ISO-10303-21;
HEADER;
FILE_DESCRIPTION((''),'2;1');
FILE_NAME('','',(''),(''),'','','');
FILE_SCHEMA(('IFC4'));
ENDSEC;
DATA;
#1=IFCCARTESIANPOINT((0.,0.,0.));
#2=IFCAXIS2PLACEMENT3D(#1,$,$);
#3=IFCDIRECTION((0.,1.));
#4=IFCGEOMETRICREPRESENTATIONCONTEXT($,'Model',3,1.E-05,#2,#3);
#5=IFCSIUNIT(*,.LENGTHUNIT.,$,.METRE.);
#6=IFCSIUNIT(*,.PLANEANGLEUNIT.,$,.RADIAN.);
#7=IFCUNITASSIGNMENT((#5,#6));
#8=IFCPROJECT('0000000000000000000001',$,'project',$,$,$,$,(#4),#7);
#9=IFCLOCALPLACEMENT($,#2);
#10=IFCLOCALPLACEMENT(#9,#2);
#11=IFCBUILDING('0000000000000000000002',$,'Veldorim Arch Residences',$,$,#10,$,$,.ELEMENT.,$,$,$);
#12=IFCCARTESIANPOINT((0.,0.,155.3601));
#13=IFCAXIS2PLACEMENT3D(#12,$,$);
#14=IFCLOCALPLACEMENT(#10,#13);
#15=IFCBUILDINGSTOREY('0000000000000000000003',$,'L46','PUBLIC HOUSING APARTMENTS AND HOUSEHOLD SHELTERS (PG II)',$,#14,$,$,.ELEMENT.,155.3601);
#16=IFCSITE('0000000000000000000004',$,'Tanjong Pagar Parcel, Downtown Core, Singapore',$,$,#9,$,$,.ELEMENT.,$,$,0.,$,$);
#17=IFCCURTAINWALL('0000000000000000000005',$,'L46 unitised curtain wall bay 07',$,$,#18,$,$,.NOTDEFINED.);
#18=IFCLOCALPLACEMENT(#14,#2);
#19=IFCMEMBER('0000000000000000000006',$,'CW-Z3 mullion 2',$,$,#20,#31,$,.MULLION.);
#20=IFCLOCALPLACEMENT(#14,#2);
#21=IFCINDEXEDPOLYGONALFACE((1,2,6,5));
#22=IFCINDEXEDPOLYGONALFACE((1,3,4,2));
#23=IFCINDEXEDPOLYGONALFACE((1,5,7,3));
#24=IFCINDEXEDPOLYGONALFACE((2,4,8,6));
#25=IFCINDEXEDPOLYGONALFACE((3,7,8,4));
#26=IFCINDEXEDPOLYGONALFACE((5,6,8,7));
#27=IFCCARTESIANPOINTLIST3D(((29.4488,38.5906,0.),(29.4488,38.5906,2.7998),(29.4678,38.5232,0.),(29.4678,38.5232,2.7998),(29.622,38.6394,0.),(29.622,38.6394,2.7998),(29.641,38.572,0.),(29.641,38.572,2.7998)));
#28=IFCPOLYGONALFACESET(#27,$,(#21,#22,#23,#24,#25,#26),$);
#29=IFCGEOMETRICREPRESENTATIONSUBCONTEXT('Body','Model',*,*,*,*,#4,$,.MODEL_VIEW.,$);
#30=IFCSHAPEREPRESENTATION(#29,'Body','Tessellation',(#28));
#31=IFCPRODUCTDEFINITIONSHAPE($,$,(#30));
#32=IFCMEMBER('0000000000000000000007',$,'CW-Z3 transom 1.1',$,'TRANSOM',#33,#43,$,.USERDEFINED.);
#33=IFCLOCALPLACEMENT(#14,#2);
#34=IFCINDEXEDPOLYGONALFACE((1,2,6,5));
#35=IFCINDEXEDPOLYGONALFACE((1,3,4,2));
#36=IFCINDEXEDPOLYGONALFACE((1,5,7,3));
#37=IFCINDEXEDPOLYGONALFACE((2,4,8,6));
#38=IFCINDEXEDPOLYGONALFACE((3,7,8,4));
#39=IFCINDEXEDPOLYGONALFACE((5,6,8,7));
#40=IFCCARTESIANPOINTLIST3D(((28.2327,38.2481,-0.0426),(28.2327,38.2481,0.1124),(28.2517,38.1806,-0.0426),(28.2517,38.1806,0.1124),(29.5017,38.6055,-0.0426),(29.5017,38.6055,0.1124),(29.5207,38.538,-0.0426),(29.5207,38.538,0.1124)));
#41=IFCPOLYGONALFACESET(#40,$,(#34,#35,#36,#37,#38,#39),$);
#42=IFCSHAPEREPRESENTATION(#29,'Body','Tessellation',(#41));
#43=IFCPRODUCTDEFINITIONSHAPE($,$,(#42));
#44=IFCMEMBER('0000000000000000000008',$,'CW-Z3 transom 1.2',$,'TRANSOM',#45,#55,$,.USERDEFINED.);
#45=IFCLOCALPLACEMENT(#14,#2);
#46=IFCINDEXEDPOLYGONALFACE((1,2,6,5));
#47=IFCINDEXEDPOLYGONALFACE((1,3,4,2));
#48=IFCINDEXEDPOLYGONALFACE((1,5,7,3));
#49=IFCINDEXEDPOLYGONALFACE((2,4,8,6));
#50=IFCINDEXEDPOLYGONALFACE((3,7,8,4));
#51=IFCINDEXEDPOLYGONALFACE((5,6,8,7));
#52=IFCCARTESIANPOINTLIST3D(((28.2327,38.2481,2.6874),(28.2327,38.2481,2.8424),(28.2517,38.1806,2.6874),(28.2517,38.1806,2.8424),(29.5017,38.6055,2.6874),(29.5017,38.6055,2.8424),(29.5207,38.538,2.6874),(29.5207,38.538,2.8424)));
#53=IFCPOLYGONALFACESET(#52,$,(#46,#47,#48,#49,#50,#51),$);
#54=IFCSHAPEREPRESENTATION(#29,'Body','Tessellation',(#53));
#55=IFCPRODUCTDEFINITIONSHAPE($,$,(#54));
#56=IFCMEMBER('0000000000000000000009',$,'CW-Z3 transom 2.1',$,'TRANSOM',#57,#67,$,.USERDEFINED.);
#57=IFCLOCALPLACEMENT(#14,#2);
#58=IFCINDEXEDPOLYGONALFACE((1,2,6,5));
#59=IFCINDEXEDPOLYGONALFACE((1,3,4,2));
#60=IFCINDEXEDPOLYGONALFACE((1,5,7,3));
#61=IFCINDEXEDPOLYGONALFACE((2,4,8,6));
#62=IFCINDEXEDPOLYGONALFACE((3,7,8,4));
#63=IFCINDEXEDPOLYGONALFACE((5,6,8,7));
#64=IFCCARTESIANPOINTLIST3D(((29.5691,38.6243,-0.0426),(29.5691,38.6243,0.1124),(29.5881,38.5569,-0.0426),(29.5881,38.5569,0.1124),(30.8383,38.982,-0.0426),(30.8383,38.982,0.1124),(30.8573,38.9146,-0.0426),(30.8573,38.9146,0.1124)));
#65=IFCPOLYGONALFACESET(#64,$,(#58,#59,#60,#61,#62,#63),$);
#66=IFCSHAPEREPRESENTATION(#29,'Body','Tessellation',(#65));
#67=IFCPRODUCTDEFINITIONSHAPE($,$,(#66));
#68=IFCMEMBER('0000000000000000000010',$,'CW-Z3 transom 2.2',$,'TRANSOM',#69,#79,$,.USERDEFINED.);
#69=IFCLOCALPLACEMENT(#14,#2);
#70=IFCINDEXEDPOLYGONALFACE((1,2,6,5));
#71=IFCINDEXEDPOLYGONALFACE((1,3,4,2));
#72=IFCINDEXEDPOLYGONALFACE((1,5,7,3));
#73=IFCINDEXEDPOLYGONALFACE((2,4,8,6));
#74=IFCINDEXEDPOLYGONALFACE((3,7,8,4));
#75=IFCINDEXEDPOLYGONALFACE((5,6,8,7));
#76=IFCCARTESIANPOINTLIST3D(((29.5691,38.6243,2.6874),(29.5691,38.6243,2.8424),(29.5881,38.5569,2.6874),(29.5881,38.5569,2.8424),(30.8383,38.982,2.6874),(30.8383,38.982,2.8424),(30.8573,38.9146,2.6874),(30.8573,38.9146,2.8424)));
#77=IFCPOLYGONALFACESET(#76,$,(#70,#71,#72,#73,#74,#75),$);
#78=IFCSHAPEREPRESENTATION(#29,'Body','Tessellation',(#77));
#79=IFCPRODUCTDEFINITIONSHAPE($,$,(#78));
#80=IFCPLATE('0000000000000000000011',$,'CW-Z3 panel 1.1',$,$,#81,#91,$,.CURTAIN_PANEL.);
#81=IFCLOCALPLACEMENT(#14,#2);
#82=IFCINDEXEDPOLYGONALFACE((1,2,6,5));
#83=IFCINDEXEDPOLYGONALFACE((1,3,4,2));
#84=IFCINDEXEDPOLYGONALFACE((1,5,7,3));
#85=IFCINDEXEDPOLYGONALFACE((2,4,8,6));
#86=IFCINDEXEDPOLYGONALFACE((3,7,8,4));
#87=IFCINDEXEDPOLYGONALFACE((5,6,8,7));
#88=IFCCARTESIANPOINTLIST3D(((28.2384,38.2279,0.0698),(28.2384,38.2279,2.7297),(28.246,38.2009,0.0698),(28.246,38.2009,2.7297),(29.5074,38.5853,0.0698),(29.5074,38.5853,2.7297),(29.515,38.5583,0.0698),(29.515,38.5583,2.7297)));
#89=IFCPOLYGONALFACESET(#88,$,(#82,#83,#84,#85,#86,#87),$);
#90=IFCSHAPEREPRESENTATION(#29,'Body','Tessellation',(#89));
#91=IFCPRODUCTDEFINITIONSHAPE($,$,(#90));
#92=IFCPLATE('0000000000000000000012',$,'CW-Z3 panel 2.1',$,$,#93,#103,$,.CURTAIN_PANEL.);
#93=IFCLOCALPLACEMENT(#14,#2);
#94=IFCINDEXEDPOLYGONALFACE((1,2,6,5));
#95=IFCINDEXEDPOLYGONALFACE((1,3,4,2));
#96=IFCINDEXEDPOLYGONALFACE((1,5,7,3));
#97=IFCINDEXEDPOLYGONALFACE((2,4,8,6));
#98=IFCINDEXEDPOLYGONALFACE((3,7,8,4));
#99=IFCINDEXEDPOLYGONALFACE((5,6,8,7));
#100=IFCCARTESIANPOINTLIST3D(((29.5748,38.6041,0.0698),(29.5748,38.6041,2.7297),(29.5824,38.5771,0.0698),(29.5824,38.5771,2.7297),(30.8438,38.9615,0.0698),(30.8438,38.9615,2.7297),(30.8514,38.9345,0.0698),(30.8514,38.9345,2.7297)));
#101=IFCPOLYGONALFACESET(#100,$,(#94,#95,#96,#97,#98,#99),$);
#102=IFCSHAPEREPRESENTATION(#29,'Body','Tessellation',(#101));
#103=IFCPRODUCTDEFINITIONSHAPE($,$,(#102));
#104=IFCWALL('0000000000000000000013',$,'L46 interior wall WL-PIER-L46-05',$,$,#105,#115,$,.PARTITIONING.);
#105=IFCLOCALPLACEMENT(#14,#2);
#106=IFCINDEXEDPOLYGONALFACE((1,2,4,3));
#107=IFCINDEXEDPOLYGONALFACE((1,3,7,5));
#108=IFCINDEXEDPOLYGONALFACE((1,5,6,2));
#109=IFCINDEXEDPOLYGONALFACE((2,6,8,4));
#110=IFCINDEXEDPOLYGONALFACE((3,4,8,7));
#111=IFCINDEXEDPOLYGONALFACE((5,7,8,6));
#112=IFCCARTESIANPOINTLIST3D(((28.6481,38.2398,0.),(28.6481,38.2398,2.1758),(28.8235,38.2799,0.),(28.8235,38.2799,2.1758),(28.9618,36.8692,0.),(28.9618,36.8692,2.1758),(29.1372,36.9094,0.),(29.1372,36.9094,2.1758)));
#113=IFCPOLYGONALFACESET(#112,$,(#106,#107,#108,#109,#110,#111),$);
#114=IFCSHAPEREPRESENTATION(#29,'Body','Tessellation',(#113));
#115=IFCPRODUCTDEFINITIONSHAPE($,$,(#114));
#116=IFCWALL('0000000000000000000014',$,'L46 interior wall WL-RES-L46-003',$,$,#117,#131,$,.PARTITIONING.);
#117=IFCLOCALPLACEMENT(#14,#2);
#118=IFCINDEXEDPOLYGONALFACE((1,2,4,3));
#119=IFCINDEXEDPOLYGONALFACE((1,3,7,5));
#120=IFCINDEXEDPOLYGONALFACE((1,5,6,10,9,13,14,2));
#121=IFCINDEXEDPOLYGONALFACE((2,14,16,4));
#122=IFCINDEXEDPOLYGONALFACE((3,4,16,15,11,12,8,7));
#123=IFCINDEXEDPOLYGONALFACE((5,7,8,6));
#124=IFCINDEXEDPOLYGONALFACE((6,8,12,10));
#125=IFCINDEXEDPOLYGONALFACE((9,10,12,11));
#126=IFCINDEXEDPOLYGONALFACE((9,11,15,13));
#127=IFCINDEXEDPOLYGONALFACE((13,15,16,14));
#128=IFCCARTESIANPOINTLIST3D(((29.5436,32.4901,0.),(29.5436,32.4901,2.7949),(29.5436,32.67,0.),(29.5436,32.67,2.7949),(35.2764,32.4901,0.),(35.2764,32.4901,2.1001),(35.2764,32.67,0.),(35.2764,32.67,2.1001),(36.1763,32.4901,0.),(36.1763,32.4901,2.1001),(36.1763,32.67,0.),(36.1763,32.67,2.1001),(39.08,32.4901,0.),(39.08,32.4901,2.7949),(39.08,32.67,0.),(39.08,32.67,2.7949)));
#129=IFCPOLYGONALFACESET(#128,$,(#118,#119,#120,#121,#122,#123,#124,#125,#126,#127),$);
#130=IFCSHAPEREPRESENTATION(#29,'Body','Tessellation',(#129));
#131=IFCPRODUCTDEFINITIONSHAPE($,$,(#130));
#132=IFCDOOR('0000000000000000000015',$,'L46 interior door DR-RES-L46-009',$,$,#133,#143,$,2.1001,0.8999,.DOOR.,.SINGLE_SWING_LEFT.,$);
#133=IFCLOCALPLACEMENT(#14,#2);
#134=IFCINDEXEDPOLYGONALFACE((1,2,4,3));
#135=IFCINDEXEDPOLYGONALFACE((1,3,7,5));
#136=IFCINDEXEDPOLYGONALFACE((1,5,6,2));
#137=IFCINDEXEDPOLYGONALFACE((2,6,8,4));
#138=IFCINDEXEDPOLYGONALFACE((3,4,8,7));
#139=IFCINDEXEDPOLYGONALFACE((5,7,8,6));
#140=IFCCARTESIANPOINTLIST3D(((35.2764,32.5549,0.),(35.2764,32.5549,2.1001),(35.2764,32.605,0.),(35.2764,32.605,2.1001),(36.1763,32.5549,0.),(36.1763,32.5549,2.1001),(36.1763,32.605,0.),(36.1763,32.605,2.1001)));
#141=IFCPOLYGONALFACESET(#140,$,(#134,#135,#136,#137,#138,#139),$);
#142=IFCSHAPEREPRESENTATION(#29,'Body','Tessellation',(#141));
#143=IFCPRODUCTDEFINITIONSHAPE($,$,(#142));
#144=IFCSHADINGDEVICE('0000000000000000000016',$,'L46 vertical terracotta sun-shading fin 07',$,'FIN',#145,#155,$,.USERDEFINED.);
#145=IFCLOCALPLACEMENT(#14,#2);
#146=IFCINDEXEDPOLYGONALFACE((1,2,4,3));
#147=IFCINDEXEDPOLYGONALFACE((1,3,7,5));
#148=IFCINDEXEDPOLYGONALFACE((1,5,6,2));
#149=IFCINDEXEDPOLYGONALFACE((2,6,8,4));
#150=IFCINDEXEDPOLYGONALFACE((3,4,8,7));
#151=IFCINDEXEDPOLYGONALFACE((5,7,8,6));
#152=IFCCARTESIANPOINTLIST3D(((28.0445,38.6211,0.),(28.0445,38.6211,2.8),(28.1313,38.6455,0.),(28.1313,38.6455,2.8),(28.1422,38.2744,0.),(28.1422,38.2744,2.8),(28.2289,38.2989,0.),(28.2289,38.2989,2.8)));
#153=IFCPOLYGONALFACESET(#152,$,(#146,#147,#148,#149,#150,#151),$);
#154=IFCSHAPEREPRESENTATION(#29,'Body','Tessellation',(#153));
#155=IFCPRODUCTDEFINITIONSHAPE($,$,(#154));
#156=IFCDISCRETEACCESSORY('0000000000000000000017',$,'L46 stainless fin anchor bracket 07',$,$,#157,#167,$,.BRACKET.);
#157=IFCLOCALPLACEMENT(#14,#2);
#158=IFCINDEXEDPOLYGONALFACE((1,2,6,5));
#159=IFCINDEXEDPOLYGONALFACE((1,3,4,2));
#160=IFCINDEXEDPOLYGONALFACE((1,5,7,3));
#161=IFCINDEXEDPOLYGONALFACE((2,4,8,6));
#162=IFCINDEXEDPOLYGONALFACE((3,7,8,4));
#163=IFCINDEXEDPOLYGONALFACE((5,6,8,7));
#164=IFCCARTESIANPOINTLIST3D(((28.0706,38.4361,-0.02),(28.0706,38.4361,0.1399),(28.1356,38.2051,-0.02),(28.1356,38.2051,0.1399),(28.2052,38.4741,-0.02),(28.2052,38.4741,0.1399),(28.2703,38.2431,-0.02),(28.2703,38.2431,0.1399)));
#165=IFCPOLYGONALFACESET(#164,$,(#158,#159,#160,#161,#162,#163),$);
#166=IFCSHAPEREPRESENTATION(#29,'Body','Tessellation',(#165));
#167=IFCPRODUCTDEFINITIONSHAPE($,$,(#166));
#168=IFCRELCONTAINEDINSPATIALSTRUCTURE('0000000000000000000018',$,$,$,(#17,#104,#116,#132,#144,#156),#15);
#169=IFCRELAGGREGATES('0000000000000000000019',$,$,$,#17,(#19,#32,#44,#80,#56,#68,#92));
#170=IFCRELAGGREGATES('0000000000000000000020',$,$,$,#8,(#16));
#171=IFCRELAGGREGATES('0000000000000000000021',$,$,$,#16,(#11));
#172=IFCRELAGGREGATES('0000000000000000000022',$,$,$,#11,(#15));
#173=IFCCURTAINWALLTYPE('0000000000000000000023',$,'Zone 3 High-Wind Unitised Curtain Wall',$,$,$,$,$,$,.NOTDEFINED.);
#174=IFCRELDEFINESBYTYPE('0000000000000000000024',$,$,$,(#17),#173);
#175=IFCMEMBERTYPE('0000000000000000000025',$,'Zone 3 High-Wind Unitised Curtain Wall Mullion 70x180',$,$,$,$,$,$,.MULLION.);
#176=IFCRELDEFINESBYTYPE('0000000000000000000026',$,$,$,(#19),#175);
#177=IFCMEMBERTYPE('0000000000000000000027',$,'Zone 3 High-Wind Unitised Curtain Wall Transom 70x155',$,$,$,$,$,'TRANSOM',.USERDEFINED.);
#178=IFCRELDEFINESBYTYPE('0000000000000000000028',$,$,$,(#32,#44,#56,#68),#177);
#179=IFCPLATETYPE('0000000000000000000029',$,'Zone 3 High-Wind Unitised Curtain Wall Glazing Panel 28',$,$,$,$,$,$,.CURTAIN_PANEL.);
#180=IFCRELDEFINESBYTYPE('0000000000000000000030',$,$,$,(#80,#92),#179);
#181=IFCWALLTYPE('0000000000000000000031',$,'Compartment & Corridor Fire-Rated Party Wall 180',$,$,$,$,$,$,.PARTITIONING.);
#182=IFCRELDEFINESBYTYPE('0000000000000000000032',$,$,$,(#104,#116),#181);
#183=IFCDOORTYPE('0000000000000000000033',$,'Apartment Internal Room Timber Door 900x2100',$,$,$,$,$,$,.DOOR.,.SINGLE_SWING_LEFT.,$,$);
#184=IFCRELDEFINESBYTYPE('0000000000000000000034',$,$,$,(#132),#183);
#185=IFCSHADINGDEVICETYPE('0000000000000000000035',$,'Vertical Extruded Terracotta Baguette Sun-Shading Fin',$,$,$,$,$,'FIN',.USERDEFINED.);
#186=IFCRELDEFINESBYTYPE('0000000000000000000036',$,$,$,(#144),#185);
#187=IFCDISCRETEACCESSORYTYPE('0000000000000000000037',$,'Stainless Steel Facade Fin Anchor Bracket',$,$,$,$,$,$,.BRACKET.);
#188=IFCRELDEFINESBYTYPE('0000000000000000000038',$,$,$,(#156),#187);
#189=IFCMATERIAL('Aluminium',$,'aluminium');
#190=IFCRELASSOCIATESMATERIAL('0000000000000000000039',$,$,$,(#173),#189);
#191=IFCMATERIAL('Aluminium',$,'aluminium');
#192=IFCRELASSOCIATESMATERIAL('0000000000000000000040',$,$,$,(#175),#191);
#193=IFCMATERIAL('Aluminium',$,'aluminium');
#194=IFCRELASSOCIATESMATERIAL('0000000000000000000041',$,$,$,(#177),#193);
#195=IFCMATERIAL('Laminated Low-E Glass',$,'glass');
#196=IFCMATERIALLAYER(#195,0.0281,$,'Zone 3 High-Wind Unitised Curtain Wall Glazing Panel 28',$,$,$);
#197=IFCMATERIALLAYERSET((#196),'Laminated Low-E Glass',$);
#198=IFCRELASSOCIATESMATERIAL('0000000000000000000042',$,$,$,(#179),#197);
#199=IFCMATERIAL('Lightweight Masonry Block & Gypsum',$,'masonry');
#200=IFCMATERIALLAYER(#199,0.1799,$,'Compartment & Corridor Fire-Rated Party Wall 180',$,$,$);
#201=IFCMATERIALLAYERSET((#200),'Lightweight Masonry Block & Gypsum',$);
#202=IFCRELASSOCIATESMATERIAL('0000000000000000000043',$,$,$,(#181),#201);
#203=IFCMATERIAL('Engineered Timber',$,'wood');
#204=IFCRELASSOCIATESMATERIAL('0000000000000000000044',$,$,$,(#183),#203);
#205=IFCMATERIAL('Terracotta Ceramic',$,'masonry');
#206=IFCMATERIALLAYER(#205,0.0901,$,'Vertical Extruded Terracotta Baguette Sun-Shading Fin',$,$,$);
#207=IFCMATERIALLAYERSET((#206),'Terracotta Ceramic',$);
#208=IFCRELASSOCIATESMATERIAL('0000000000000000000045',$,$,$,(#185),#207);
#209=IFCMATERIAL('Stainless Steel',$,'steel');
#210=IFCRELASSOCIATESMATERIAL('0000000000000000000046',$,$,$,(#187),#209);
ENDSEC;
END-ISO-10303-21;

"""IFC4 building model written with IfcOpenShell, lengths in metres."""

from ifc_helpers import new_model, si_unit, direction, frame, frame_2d, origin, origin_2d, place, context, subcontext, project, spatial, rectangle, extrude, material, layer, layer_set, material_profile, profile_set, type_object, element, fill, aggregate, save


model = new_model("IFC4")

# Units and contexts
model_context = context("Model", 3, precision=1e-05, world=origin(), true_north=direction((0.0, 1.0)))
body_context = subcontext(model_context, "Body", "Model", "MODEL_VIEW")
ifc_project = project(units=[si_unit("LENGTHUNIT", "METRE"), si_unit("PLANEANGLEUNIT", "RADIAN")], contexts=[model_context])

# Site, building, storey
site_placement = place(None, origin())
site = spatial("IfcSite", under=ifc_project, at=site_placement, Name="Tanjong Pagar Parcel, Downtown Core, Singapore", CompositionType="ELEMENT", RefElevation=0.0)
building_placement = place(site_placement, origin())
building = spatial("IfcBuilding", under=site, at=building_placement, Name="Veldorim Arch Residences", CompositionType="ELEMENT")
storey_placement = place(building_placement, frame((0.0, 0.0, 155.3601)))
storey = spatial("IfcBuildingStorey", under=building, at=storey_placement, Name="L46", Description="PUBLIC HOUSING APARTMENTS AND HOUSEHOLD SHELTERS (PG II)", CompositionType="ELEMENT", Elevation=155.3601)

# Curtain wall, members, plates
ifc_material_1 = material(Name="Aluminium", Category="aluminium")
curtain_wall_type = type_object("IfcCurtainWallType", Name="Zone 3 High-Wind Unitised Curtain Wall", PredefinedType="NOTDEFINED", material=ifc_material_1)
curtain_wall_placement = place(storey_placement, origin())
curtain_wall = element("IfcCurtainWall", 1, at=curtain_wall_placement, inside=storey, type_object=curtain_wall_type, Name="L46 unitised curtain wall bay 07", PredefinedType="NOTDEFINED")
ifc_material_2 = material(Name="Aluminium", Category="aluminium")
ifc_material_profile_1 = material_profile(ifc_material_2, rectangle(XDim=0.0701, YDim=0.1799, at=origin_2d()), Name="ALU_MUL_70x180")
ifc_profile_set_1 = profile_set([ifc_material_profile_1], Name="Aluminium")
member_type_1 = type_object("IfcMemberType", Name="Zone 3 High-Wind Unitised Curtain Wall Mullion 70x180", PredefinedType="MULLION", material=ifc_profile_set_1)
member_1_placement = place(storey_placement, frame((29.5449, 38.5813, 0.0), z_axis=(0.0, 0.0, 1.0), x_axis=(-0.271101, 0.962551, 0.0)))
member_1 = element("IfcMember", 2, at=member_1_placement, type_object=member_type_1, Name="CW-Z3 mullion 2", PredefinedType="MULLION", context=body_context, shape_type="SweptSolid", body=[
    extrude(rectangle(XDim=0.0701, YDim=0.1799, at=origin_2d()), origin(), (0.0, 0.0, 1.0), 2.7998),
])
ifc_material_3 = material(Name="Aluminium", Category="aluminium")
ifc_material_profile_2 = material_profile(ifc_material_3, rectangle(XDim=0.0701, YDim=0.155, at=origin_2d()), Name="ALU_TRN_70x155")
ifc_profile_set_2 = profile_set([ifc_material_profile_2], Name="Aluminium")
member_type_2 = type_object("IfcMemberType", Name="Zone 3 High-Wind Unitised Curtain Wall Transom 70x155", ElementType="TRANSOM", PredefinedType="USERDEFINED", material=ifc_profile_set_2)
member_2_placement = place(storey_placement, frame((28.2422, 38.2144, 0.0349), z_axis=(0.962551, 0.271099, 0.0), x_axis=(-0.271099, 0.962551, 0.0)))
member_2 = element("IfcMember", 3, at=member_2_placement, type_object=member_type_2, Name="CW-Z3 transom 1.1", ObjectType="TRANSOM", PredefinedType="USERDEFINED", context=body_context, shape_type="SweptSolid", body=[
    extrude(rectangle(XDim=0.0701, YDim=0.155, at=origin_2d()), origin(), (0.0, 0.0, 1.0), 1.3184),
])
member_3_placement = place(storey_placement, frame((28.2422, 38.2144, 2.7649), z_axis=(0.962551, 0.271099, 0.0), x_axis=(-0.271099, 0.962551, 0.0)))
member_3 = element("IfcMember", 4, at=member_3_placement, type_object=member_type_2, Name="CW-Z3 transom 1.2", ObjectType="TRANSOM", PredefinedType="USERDEFINED", context=body_context, shape_type="SweptSolid", body=[
    extrude(rectangle(XDim=0.0701, YDim=0.155, at=origin_2d()), origin(), (0.0, 0.0, 1.0), 1.3184),
])
member_4_placement = place(storey_placement, frame((29.5786, 38.5906, 0.0349), z_axis=(0.962503, 0.271271, 0.0), x_axis=(-0.271271, 0.962503, 0.0)))
member_4 = element("IfcMember", 5, at=member_4_placement, type_object=member_type_2, Name="CW-Z3 transom 2.1", ObjectType="TRANSOM", PredefinedType="USERDEFINED", context=body_context, shape_type="SweptSolid", body=[
    extrude(rectangle(XDim=0.0701, YDim=0.155, at=origin_2d()), origin(), (0.0, 0.0, 1.0), 1.3186),
])
member_5_placement = place(storey_placement, frame((29.5786, 38.5906, 2.7649), z_axis=(0.962503, 0.271271, 0.0), x_axis=(-0.271271, 0.962503, 0.0)))
member_5 = element("IfcMember", 6, at=member_5_placement, type_object=member_type_2, Name="CW-Z3 transom 2.2", ObjectType="TRANSOM", PredefinedType="USERDEFINED", context=body_context, shape_type="SweptSolid", body=[
    extrude(rectangle(XDim=0.0701, YDim=0.155, at=origin_2d()), origin(), (0.0, 0.0, 1.0), 1.3186),
])
ifc_material_4 = material(Name="Laminated Low-E Glass", Category="glass")
ifc_layer_1 = layer(ifc_material_4, 0.0281, Name="Zone 3 High-Wind Unitised Curtain Wall Glazing Panel 28")
ifc_layer_set_1 = layer_set([ifc_layer_1], Name="Laminated Low-E Glass")
plate_type = type_object("IfcPlateType", Name="Zone 3 High-Wind Unitised Curtain Wall Glazing Panel 28", PredefinedType="CURTAIN_PANEL", material=ifc_layer_set_1)
plate_1_placement = place(storey_placement, frame((28.8767, 38.3931, 0.0698), z_axis=(0.0, 0.0, 1.0), x_axis=(0.962551, 0.271101, 0.0)))
plate_1 = element("IfcPlate", 7, at=plate_1_placement, type_object=plate_type, Name="CW-Z3 panel 1.1", PredefinedType="CURTAIN_PANEL", context=body_context, shape_type="SweptSolid", body=[
    extrude(rectangle(XDim=1.3184, YDim=0.0281, at=origin_2d()), origin(), (0.0, 0.0, 1.0), 2.6599),
])
plate_2_placement = place(storey_placement, frame((30.2131, 38.7693, 0.0698), z_axis=(0.0, 0.0, 1.0), x_axis=(0.962551, 0.271101, 0.0)))
plate_2 = element("IfcPlate", 8, at=plate_2_placement, type_object=plate_type, Name="CW-Z3 panel 2.1", PredefinedType="CURTAIN_PANEL", context=body_context, shape_type="SweptSolid", body=[
    extrude(rectangle(XDim=1.3184, YDim=0.0281, at=origin_2d()), origin(), (0.0, 0.0, 1.0), 2.6599),
])
aggregate(curtain_wall, [member_1, member_2, member_3, plate_1, member_4, member_5, plate_2])

# Wall
ifc_material_5 = material(Name="Lightweight Masonry Block & Gypsum", Category="masonry")
ifc_layer_2 = layer(ifc_material_5, 0.1799, Name="Compartment & Corridor Fire-Rated Party Wall 180")
ifc_layer_set_2 = layer_set([ifc_layer_2], Name="Lightweight Masonry Block & Gypsum")
wall_type = type_object("IfcWallType", Name="Compartment & Corridor Fire-Rated Party Wall 180", PredefinedType="PARTITIONING", material=ifc_layer_set_2)
wall_1_placement = place(storey_placement, frame((29.0496, 36.8892, 0.0), z_axis=(0.0, 0.0, 1.0), x_axis=(-0.223122, 0.974791, 0.0)))
element("IfcWall", 9, at=wall_1_placement, inside=storey, type_object=wall_type, Name="L46 interior wall WL-PIER-L46-05", PredefinedType="PARTITIONING", context=body_context, shape_type="SweptSolid", body=[
    extrude(rectangle(XDim=1.406, YDim=0.1799, at=frame_2d((0.7031, 0.0))), origin(), (0.0, 0.0, 1.0), 2.1758),
])

# Wall, opening, door
wall_2_placement = place(storey_placement, frame((29.5437, 32.5801, 0.0), z_axis=(0.0, 0.0, 1.0), x_axis=(1.0, 0.0, 0.0)))
wall_2 = element("IfcWall", 10, at=wall_2_placement, inside=storey, type_object=wall_type, Name="L46 interior wall WL-RES-L46-003", PredefinedType="PARTITIONING", context=body_context, shape_type="SweptSolid", body=[
    extrude(rectangle(XDim=9.5364, YDim=0.1799, at=frame_2d((4.7681, 0.0))), origin(), (0.0, 0.0, 1.0), 2.7949),
])
opening_placement = place(wall_2_placement, frame((5.7327, 0.0, 0.0)))
opening = element("IfcOpeningElement", 11, at=opening_placement, cuts=wall_2, PredefinedType="OPENING", context=body_context, shape_type="SweptSolid", body=[
    extrude(rectangle(XDim=0.8999, YDim=2.1001, at=frame_2d((0.45, 1.05))), frame((0.0, 0.0999, 0.0), z_axis=(0.0, -1.0, 0.0), x_axis=(1.0, 0.0, 0.0)), (0.0, 0.0, 1.0), 0.2),
])
ifc_material_6 = material(Name="Engineered Timber", Category="wood")
door_type = type_object("IfcDoorType", Name="Apartment Internal Room Timber Door 900x2100", OperationType="SINGLE_SWING_LEFT", PredefinedType="DOOR", material=ifc_material_6)
door_placement = place(opening_placement, origin())
door = element("IfcDoor", 12, at=door_placement, inside=storey, type_object=door_type, Name="L46 interior door DR-RES-L46-009", OperationType="SINGLE_SWING_LEFT", OverallHeight=2.1001, OverallWidth=0.8999, PredefinedType="DOOR", context=body_context, shape_type="SweptSolid", body=[
    extrude(rectangle(XDim=0.8999, YDim=2.1001, at=frame_2d((0.45, 1.05))), frame((0.0, 0.0249, 0.0), z_axis=(0.0, -1.0, 0.0), x_axis=(1.0, 0.0, 0.0)), (0.0, 0.0, 1.0), 0.05),
])
fill(opening, door)

# Shading device
ifc_material_7 = material(Name="Terracotta Ceramic", Category="masonry")
ifc_layer_3 = layer(ifc_material_7, 0.0901, Name="Vertical Extruded Terracotta Baguette Sun-Shading Fin")
ifc_layer_set_3 = layer_set([ifc_layer_3], Name="Terracotta Ceramic")
shading_device_type = type_object("IfcShadingDeviceType", Name="Vertical Extruded Terracotta Baguette Sun-Shading Fin", ElementType="FIN", PredefinedType="USERDEFINED", material=ifc_layer_set_3)
shading_device_placement = place(storey_placement, frame((28.1367, 38.46, 0.0), z_axis=(0.0, 0.0, 1.0), x_axis=(0.96255, 0.271104, 0.0)))
element("IfcShadingDevice", 13, at=shading_device_placement, inside=storey, type_object=shading_device_type, Name="L46 vertical terracotta sun-shading fin 07", ObjectType="FIN", PredefinedType="USERDEFINED", context=body_context, shape_type="SweptSolid", body=[
    extrude(rectangle(XDim=0.0901, YDim=0.3601, at=origin_2d()), origin(), (0.0, 0.0, 1.0), 2.8),
])

# Discrete accessory
ifc_material_8 = material(Name="Stainless Steel", Category="steel")
discrete_accessory_type = type_object("IfcDiscreteAccessoryType", Name="Stainless Steel Facade Fin Anchor Bracket", PredefinedType="BRACKET", material=ifc_material_8)
discrete_accessory_placement = place(storey_placement, frame((28.1704, 38.3396, -0.02), z_axis=(0.0, 0.0, 1.0), x_axis=(0.96255, 0.271104, 0.0)))
element("IfcDiscreteAccessory", 14, at=discrete_accessory_placement, inside=storey, type_object=discrete_accessory_type, Name="L46 stainless fin anchor bracket 07", PredefinedType="BRACKET", context=body_context, shape_type="SweptSolid", body=[
    extrude(rectangle(XDim=0.1399, YDim=0.24, at=origin_2d()), origin(), (0.0, 0.0, 1.0), 0.1599),
])

save(model, "model.ifc")
